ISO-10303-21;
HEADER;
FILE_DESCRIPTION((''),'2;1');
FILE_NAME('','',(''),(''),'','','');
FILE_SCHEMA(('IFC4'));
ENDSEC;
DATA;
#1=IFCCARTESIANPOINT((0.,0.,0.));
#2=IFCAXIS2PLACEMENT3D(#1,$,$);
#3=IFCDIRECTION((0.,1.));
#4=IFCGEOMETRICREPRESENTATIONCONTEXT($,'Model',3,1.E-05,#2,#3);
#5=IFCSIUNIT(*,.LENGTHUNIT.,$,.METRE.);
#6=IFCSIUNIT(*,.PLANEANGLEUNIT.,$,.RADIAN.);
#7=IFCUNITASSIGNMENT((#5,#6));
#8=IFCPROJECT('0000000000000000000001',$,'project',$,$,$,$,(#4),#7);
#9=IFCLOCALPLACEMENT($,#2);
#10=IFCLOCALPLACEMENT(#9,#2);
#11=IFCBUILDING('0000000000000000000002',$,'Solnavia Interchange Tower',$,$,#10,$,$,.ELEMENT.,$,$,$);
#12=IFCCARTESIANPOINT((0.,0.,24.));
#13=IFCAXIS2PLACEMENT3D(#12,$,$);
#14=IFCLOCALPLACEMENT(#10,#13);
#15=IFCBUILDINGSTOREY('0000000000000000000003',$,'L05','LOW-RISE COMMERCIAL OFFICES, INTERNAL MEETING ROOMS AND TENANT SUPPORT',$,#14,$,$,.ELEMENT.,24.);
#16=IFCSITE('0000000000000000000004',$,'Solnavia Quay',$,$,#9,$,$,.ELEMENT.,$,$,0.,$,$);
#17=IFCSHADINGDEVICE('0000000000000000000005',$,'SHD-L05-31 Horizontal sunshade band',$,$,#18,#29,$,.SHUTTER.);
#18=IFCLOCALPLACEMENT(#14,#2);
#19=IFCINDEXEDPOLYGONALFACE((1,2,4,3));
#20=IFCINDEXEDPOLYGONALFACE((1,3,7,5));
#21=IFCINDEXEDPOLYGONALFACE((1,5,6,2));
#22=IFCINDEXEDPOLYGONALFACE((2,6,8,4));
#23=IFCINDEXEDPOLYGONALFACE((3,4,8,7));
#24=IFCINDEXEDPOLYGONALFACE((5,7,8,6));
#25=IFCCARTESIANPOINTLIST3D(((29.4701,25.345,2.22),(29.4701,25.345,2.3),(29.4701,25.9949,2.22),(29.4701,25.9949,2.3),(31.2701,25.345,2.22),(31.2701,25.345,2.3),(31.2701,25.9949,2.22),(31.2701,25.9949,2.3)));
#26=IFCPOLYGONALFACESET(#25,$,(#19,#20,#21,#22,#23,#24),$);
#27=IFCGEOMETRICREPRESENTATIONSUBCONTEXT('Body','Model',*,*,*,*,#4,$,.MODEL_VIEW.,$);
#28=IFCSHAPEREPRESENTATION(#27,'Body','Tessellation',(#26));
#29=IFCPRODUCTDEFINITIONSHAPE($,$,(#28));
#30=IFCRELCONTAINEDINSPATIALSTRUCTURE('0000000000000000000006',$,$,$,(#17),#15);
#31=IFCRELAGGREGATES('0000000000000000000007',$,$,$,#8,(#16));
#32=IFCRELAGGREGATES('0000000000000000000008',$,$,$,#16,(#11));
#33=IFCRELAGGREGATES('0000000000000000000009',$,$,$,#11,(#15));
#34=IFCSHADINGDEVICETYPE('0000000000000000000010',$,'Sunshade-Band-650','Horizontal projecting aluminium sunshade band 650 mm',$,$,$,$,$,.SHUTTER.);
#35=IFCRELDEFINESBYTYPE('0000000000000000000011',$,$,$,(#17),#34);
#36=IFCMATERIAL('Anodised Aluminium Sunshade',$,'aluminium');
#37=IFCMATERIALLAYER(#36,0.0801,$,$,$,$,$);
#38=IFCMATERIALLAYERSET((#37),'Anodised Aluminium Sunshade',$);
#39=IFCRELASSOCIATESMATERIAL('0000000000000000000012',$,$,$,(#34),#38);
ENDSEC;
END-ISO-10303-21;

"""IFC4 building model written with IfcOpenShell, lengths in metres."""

from ifc_helpers import new_model, si_unit, direction, frame, origin, origin_2d, place, context, subcontext, project, spatial, rectangle, extrude, material, layer, layer_set, type_object, element, save


model = new_model("IFC4")

# Units and contexts
model_context = context("Model", 3, precision=1e-05, world=origin(), true_north=direction((0.0, 1.0)))
body_context = subcontext(model_context, "Body", "Model", "MODEL_VIEW")
ifc_project = project(units=[si_unit("LENGTHUNIT", "METRE"), si_unit("PLANEANGLEUNIT", "RADIAN")], contexts=[model_context])

# Site, building, storey
site_placement = place(None, origin())
site = spatial("IfcSite", under=ifc_project, at=site_placement, Name="Solnavia Quay", CompositionType="ELEMENT", RefElevation=0.0)
building_placement = place(site_placement, origin())
building = spatial("IfcBuilding", under=site, at=building_placement, Name="Solnavia Interchange Tower", CompositionType="ELEMENT")
storey_placement = place(building_placement, frame((0.0, 0.0, 24.0)))
storey = spatial("IfcBuildingStorey", under=building, at=storey_placement, Name="L05", Description="LOW-RISE COMMERCIAL OFFICES, INTERNAL MEETING ROOMS AND TENANT SUPPORT", CompositionType="ELEMENT", Elevation=24.0)

# Shading device
ifc_material_1 = material(Name="Anodised Aluminium Sunshade", Category="aluminium")
ifc_layer_1 = layer(ifc_material_1, 0.0801)
ifc_layer_set_1 = layer_set([ifc_layer_1], Name="Anodised Aluminium Sunshade")
shading_device_type = type_object("IfcShadingDeviceType", Name="Sunshade-Band-650", Description="Horizontal projecting aluminium sunshade band 650 mm", PredefinedType="SHUTTER", material=ifc_layer_set_1)
shading_device_placement = place(storey_placement, frame((30.3701, 25.6699, 2.22), z_axis=(0.0, 0.0, 1.0), x_axis=(1.0, 0.0, 0.0)))
element("IfcShadingDevice", 1, at=shading_device_placement, inside=storey, type_object=shading_device_type, Name="SHD-L05-31 Horizontal sunshade band", PredefinedType="SHUTTER", context=body_context, shape_type="SweptSolid", body=[
    extrude(rectangle(XDim=1.8, YDim=0.6499, at=origin_2d()), origin(), (0.0, 0.0, 1.0), 0.0801),
])

save(model, "model.ifc")
